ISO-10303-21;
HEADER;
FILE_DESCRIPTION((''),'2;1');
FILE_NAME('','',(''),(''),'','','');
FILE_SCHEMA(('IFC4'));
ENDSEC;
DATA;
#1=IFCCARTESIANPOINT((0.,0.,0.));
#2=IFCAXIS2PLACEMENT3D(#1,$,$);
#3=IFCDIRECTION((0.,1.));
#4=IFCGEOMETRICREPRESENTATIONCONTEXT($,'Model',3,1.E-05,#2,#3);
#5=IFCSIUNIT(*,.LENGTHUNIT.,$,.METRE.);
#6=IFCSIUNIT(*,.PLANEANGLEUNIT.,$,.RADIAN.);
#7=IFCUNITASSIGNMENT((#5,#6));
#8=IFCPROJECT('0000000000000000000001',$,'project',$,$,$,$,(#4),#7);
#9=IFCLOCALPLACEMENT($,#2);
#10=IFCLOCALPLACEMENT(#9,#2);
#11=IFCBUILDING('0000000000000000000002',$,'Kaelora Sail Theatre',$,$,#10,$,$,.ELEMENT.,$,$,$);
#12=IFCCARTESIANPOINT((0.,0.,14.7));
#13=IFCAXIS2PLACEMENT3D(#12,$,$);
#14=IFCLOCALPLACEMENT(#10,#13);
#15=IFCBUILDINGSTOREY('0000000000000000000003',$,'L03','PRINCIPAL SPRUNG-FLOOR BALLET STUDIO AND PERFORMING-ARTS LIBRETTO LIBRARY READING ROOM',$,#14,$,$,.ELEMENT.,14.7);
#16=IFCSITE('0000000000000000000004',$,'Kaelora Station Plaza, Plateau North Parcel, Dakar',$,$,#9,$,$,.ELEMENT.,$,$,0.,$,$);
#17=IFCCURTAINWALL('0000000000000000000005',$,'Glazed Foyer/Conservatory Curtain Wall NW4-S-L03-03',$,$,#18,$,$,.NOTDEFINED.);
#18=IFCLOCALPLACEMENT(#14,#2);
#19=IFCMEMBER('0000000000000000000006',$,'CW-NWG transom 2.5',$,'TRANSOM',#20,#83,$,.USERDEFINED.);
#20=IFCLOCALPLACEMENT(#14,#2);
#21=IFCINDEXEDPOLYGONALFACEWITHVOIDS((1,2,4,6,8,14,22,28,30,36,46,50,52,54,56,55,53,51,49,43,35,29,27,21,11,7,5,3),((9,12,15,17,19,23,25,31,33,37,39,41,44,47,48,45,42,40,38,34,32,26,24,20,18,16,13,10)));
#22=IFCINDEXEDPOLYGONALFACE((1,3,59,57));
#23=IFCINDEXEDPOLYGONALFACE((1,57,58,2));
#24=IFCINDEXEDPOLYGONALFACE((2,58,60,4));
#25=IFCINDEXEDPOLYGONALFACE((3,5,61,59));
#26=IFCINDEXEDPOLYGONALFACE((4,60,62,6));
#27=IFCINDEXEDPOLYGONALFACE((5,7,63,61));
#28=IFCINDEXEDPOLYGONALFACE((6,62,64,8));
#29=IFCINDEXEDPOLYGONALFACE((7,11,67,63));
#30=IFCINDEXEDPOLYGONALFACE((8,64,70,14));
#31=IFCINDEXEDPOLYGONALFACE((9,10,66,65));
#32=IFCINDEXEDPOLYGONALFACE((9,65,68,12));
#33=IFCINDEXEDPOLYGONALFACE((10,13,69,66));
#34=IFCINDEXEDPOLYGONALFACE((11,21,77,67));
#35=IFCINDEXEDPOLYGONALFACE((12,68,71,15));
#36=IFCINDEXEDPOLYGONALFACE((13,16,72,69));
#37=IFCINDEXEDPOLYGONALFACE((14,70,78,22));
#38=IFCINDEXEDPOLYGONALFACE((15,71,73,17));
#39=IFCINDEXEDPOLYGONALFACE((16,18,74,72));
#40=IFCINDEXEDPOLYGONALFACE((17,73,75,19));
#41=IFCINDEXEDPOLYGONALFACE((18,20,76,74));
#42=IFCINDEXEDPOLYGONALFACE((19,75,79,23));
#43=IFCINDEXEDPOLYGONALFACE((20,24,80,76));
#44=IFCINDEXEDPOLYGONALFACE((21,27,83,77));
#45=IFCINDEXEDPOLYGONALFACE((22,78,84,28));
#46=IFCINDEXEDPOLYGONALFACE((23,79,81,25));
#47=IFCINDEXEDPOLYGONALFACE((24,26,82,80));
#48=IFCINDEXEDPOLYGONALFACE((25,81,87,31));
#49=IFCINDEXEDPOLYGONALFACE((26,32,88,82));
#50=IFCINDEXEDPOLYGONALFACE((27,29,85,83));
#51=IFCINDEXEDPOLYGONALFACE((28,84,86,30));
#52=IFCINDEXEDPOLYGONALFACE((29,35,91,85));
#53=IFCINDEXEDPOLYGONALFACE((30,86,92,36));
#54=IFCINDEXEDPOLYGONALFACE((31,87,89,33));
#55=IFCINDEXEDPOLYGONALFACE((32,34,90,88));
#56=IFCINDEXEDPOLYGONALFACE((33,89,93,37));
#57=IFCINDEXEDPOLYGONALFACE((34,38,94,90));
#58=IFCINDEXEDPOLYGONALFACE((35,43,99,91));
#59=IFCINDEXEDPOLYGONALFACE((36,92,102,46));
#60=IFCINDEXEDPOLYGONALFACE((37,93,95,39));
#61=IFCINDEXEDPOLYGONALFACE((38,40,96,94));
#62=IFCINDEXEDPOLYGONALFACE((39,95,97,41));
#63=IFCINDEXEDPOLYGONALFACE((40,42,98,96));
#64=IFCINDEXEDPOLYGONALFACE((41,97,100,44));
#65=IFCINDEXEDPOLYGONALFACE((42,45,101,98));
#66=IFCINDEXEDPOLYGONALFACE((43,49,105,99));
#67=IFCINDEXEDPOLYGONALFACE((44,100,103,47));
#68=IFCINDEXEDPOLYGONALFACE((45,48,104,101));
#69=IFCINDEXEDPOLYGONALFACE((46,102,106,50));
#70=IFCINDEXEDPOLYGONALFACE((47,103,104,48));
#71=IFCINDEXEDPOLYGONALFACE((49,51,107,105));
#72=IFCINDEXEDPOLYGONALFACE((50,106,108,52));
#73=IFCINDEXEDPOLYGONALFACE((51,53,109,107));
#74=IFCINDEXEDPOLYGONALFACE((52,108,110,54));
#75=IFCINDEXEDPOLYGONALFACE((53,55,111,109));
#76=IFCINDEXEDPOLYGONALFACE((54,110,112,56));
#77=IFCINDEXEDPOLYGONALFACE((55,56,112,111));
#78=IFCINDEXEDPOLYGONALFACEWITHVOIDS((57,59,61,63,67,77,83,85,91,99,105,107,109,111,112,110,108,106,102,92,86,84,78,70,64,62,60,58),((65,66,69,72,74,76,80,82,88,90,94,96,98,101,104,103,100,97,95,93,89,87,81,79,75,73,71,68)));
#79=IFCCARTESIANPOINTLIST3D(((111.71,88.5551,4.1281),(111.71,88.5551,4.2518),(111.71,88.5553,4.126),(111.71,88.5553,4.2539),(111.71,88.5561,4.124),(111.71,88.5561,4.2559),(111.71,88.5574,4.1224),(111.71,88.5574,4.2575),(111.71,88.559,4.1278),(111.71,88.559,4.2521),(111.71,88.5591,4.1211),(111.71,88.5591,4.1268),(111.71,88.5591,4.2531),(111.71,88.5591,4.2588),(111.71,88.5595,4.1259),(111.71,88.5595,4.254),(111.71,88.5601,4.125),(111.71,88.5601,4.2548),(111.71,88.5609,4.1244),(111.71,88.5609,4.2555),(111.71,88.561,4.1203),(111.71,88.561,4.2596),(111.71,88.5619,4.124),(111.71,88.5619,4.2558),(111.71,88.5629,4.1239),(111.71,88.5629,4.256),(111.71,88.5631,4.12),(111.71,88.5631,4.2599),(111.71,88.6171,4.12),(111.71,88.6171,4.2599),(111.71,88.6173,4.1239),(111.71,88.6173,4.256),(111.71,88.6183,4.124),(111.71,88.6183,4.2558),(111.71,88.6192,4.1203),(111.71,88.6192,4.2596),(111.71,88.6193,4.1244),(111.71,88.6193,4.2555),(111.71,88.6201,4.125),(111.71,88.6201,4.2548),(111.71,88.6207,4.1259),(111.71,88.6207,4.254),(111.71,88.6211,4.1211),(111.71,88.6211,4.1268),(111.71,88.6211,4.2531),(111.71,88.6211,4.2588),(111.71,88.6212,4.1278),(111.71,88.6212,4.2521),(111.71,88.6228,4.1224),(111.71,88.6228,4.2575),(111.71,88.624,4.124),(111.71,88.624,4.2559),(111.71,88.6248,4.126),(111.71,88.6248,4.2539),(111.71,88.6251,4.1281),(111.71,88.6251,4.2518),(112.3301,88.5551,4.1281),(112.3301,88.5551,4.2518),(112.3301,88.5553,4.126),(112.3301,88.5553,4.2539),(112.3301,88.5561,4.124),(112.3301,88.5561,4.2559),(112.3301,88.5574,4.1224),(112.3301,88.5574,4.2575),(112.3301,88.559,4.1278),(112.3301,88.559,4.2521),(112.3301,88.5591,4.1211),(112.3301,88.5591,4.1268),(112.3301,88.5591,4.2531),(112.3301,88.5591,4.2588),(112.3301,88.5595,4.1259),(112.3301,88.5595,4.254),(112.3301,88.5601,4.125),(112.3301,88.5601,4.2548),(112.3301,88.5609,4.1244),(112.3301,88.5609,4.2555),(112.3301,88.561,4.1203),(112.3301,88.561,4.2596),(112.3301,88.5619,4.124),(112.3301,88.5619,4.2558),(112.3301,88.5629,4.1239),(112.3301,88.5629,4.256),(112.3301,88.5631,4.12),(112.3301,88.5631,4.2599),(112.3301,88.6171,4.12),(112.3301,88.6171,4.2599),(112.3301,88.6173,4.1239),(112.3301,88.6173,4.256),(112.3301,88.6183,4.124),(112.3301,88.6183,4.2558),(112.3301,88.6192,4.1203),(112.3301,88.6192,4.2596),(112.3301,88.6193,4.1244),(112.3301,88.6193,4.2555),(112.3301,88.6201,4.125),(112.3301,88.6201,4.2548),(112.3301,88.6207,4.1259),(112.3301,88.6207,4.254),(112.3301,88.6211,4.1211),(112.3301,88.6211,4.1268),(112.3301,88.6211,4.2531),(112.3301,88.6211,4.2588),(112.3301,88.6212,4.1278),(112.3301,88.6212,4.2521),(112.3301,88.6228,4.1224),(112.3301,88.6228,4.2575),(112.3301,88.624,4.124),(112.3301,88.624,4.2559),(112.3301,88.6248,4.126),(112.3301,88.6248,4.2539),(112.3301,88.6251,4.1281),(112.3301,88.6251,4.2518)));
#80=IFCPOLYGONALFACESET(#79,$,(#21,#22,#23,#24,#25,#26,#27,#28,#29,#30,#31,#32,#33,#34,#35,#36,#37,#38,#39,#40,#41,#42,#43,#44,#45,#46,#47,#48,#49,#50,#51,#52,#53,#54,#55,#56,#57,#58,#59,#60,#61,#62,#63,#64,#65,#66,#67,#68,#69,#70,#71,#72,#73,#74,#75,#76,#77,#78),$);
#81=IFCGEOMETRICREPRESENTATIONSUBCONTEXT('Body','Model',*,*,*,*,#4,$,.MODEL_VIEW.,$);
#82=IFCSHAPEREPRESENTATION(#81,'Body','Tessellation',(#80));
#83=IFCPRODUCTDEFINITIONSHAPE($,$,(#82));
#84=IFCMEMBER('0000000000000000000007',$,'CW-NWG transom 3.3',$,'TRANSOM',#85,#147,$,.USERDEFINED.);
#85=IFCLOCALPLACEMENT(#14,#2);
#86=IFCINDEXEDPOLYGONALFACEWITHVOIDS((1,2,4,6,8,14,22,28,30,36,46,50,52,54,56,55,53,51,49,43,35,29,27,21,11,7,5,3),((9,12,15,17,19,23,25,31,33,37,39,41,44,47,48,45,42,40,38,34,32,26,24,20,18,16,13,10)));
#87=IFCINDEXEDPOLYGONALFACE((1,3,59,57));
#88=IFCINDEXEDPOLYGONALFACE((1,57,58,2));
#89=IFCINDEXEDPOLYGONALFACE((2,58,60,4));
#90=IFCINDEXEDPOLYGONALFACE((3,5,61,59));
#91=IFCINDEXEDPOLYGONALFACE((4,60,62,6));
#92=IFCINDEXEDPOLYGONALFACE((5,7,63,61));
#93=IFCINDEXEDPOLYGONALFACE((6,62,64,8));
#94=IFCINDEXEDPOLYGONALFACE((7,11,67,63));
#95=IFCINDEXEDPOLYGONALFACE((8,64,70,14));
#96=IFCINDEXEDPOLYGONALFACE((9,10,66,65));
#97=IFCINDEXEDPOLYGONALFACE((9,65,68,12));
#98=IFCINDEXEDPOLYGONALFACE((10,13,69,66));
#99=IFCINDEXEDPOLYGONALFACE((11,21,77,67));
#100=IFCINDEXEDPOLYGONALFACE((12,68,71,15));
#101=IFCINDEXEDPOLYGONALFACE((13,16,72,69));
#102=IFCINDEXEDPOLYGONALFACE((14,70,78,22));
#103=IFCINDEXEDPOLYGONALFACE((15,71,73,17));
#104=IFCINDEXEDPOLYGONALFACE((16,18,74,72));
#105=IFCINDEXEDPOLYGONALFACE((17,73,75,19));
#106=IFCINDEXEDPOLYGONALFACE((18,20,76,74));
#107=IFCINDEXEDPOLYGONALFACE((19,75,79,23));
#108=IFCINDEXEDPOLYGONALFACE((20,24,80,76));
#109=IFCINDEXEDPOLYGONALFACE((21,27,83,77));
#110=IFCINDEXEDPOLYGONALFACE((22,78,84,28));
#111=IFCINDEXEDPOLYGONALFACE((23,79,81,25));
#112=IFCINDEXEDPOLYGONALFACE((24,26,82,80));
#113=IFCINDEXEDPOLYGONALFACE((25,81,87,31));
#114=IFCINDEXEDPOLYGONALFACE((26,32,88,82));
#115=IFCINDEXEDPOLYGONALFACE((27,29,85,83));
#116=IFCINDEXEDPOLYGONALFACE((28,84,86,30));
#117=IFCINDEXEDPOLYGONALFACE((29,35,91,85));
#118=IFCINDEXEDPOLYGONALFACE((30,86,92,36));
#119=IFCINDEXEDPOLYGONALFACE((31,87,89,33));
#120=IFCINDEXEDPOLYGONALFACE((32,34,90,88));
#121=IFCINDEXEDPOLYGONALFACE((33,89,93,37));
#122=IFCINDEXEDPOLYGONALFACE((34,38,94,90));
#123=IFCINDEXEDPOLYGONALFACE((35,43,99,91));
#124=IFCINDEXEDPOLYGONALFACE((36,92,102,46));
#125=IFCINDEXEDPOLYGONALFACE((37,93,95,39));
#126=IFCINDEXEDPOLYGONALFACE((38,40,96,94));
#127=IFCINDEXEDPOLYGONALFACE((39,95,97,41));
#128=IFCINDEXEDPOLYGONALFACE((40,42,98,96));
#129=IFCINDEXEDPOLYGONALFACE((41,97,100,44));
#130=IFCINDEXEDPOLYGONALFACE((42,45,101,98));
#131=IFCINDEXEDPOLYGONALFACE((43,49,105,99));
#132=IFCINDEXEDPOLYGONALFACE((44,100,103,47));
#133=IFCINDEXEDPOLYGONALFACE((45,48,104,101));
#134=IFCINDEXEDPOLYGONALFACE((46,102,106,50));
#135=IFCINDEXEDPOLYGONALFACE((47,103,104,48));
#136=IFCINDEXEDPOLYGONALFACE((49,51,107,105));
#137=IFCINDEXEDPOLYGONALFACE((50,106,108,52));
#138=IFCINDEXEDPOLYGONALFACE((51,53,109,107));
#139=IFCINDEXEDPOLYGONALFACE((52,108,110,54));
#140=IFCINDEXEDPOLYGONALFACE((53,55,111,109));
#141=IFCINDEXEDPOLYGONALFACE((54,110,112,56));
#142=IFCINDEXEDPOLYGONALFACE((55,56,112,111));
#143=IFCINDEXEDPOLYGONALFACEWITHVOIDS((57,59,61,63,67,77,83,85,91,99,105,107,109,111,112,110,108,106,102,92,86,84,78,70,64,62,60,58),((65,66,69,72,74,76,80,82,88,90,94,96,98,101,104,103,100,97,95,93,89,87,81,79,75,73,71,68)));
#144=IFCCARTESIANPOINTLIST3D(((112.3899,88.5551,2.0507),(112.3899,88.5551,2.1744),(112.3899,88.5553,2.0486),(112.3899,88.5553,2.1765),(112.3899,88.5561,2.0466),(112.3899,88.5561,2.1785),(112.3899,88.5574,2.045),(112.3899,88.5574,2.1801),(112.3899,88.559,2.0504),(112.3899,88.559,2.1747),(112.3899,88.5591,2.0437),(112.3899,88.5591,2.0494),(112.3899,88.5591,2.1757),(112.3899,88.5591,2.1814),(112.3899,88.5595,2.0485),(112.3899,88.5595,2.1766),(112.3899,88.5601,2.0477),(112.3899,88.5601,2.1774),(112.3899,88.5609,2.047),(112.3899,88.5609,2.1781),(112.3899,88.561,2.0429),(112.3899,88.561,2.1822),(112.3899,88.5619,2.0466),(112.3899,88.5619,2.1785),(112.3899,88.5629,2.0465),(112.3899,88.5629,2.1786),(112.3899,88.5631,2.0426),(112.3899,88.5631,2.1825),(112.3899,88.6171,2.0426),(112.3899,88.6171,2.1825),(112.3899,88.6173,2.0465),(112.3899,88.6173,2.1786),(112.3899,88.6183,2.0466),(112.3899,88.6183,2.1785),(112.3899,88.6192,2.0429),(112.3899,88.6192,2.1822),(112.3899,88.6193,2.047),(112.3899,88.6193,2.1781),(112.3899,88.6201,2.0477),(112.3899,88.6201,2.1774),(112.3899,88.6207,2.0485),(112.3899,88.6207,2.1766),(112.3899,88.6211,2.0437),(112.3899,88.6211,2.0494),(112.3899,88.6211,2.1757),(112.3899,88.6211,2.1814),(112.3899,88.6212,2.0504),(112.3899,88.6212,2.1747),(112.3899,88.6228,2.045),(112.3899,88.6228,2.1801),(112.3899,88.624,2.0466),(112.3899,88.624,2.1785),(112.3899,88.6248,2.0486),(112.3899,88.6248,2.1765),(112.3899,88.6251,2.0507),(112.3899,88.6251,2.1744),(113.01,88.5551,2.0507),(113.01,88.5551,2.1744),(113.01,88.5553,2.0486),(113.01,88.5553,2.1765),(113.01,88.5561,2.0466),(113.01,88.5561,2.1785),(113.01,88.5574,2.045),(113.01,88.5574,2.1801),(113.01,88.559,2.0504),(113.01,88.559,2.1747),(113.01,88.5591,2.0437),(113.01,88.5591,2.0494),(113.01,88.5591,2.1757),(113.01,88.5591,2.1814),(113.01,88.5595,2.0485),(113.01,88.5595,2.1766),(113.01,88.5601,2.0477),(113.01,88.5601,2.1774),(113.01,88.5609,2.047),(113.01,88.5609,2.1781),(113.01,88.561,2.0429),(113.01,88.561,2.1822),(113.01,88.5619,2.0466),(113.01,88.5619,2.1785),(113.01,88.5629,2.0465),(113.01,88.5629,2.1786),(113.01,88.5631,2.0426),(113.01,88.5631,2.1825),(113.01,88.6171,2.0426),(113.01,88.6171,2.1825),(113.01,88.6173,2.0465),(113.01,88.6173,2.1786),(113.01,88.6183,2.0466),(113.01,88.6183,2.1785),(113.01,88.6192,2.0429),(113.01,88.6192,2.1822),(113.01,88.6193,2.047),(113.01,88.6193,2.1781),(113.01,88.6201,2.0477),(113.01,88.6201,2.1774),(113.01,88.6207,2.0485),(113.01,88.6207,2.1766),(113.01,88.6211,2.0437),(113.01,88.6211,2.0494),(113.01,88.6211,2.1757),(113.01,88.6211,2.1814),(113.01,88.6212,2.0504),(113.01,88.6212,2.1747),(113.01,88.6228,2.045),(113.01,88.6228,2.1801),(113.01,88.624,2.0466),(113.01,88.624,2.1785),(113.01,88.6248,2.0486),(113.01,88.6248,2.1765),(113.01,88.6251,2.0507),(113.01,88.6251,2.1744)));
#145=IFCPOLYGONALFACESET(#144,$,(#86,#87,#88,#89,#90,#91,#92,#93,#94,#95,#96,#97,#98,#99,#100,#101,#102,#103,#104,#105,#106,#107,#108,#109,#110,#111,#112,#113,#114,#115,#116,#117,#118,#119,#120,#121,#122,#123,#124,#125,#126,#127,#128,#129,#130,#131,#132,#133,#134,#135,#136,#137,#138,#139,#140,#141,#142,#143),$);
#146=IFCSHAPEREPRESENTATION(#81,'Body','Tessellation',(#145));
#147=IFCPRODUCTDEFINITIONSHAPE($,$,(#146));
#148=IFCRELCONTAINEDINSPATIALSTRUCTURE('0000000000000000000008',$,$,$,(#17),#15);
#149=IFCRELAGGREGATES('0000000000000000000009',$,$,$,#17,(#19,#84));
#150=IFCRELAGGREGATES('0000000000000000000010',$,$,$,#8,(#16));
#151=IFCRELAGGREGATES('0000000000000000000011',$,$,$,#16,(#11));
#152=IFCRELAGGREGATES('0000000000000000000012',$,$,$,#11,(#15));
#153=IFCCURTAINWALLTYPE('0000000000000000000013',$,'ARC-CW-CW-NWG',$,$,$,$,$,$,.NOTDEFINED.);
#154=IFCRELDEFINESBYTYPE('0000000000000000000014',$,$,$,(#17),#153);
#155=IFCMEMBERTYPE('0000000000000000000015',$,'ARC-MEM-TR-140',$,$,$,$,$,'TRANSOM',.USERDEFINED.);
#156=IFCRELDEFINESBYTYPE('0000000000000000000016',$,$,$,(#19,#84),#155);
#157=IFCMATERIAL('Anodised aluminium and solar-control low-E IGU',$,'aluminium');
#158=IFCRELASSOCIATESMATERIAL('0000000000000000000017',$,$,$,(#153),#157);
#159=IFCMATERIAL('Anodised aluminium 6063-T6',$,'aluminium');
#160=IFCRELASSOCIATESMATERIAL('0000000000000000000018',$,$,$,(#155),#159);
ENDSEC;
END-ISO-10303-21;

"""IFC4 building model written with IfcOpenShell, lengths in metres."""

from ifc_helpers import new_model, si_unit, direction, frame, origin, origin_2d, place, context, subcontext, project, spatial, hollow_rectangle, extrude, material, material_profile, profile_set, type_object, element, aggregate, save


model = new_model("IFC4")

# Units and contexts
model_context = context("Model", 3, precision=1e-05, world=origin(), true_north=direction((0.0, 1.0)))
body_context = subcontext(model_context, "Body", "Model", "MODEL_VIEW")
ifc_project = project(units=[si_unit("LENGTHUNIT", "METRE"), si_unit("PLANEANGLEUNIT", "RADIAN")], contexts=[model_context])

# Site, building, storey
site_placement = place(None, origin())
site = spatial("IfcSite", under=ifc_project, at=site_placement, Name="Kaelora Station Plaza, Plateau North Parcel, Dakar", CompositionType="ELEMENT", RefElevation=0.0)
building_placement = place(site_placement, origin())
building = spatial("IfcBuilding", under=site, at=building_placement, Name="Kaelora Sail Theatre", CompositionType="ELEMENT")
storey_placement = place(building_placement, frame((0.0, 0.0, 14.7)))
storey = spatial("IfcBuildingStorey", under=building, at=storey_placement, Name="L03", Description="PRINCIPAL SPRUNG-FLOOR BALLET STUDIO AND PERFORMING-ARTS LIBRETTO LIBRARY READING ROOM", CompositionType="ELEMENT", Elevation=14.7)

# Curtain wall, members
ifc_material_1 = material(Name="Anodised aluminium and solar-control low-E IGU", Category="aluminium")
curtain_wall_type = type_object("IfcCurtainWallType", Name="ARC-CW-CW-NWG", PredefinedType="NOTDEFINED", material=ifc_material_1)
ifc_material_2 = material(Name="Anodised aluminium 6063-T6", Category="aluminium")
ifc_material_profile = material_profile(ifc_material_2, hollow_rectangle(XDim=0.0701, YDim=0.1399, WallThickness=0.0039, InnerFilletRadius=0.0039, OuterFilletRadius=0.0081, at=origin_2d()), Name="ALU-TRAN 70x140x4")
ifc_profile_set = profile_set([ifc_material_profile], Name="Anodised aluminium 6063-T6")
member_type = type_object("IfcMemberType", Name="ARC-MEM-TR-140", ElementType="TRANSOM", PredefinedType="USERDEFINED", material=ifc_profile_set)
curtain_wall_1_placement = place(storey_placement, origin())
curtain_wall_1 = element("IfcCurtainWall", 1, at=curtain_wall_1_placement, inside=storey, type_object=curtain_wall_type, Name="Glazed Foyer/Conservatory Curtain Wall NW4-S-L03-03", PredefinedType="NOTDEFINED")
member_1_placement = place(storey_placement, frame((111.71, 88.5901, 4.1899), z_axis=(1.0, 0.0, 0.0), x_axis=(0.0, 1.0, 0.0)))
member_1 = element("IfcMember", 2, at=member_1_placement, type_object=member_type, Name="CW-NWG transom 2.5", ObjectType="TRANSOM", PredefinedType="USERDEFINED", context=body_context, shape_type="SweptSolid", body=[
    extrude(hollow_rectangle(XDim=0.0701, YDim=0.1399, WallThickness=0.0039, InnerFilletRadius=0.0039, OuterFilletRadius=0.0081, at=origin_2d()), origin(), (0.0, 0.0, 1.0), 0.6201),
])
member_2_placement = place(storey_placement, frame((112.3899, 88.5901, 2.1125), z_axis=(1.0, 0.0, 0.0), x_axis=(0.0, 1.0, 0.0)))
member_2 = element("IfcMember", 3, at=member_2_placement, type_object=member_type, Name="CW-NWG transom 3.3", ObjectType="TRANSOM", PredefinedType="USERDEFINED", context=body_context, shape_type="SweptSolid", body=[
    extrude(hollow_rectangle(XDim=0.0701, YDim=0.1399, WallThickness=0.0039, InnerFilletRadius=0.0039, OuterFilletRadius=0.0081, at=origin_2d()), origin(), (0.0, 0.0, 1.0), 0.6201),
])

aggregate(curtain_wall_1, [member_1, member_2])

save(model, "model.ifc")
